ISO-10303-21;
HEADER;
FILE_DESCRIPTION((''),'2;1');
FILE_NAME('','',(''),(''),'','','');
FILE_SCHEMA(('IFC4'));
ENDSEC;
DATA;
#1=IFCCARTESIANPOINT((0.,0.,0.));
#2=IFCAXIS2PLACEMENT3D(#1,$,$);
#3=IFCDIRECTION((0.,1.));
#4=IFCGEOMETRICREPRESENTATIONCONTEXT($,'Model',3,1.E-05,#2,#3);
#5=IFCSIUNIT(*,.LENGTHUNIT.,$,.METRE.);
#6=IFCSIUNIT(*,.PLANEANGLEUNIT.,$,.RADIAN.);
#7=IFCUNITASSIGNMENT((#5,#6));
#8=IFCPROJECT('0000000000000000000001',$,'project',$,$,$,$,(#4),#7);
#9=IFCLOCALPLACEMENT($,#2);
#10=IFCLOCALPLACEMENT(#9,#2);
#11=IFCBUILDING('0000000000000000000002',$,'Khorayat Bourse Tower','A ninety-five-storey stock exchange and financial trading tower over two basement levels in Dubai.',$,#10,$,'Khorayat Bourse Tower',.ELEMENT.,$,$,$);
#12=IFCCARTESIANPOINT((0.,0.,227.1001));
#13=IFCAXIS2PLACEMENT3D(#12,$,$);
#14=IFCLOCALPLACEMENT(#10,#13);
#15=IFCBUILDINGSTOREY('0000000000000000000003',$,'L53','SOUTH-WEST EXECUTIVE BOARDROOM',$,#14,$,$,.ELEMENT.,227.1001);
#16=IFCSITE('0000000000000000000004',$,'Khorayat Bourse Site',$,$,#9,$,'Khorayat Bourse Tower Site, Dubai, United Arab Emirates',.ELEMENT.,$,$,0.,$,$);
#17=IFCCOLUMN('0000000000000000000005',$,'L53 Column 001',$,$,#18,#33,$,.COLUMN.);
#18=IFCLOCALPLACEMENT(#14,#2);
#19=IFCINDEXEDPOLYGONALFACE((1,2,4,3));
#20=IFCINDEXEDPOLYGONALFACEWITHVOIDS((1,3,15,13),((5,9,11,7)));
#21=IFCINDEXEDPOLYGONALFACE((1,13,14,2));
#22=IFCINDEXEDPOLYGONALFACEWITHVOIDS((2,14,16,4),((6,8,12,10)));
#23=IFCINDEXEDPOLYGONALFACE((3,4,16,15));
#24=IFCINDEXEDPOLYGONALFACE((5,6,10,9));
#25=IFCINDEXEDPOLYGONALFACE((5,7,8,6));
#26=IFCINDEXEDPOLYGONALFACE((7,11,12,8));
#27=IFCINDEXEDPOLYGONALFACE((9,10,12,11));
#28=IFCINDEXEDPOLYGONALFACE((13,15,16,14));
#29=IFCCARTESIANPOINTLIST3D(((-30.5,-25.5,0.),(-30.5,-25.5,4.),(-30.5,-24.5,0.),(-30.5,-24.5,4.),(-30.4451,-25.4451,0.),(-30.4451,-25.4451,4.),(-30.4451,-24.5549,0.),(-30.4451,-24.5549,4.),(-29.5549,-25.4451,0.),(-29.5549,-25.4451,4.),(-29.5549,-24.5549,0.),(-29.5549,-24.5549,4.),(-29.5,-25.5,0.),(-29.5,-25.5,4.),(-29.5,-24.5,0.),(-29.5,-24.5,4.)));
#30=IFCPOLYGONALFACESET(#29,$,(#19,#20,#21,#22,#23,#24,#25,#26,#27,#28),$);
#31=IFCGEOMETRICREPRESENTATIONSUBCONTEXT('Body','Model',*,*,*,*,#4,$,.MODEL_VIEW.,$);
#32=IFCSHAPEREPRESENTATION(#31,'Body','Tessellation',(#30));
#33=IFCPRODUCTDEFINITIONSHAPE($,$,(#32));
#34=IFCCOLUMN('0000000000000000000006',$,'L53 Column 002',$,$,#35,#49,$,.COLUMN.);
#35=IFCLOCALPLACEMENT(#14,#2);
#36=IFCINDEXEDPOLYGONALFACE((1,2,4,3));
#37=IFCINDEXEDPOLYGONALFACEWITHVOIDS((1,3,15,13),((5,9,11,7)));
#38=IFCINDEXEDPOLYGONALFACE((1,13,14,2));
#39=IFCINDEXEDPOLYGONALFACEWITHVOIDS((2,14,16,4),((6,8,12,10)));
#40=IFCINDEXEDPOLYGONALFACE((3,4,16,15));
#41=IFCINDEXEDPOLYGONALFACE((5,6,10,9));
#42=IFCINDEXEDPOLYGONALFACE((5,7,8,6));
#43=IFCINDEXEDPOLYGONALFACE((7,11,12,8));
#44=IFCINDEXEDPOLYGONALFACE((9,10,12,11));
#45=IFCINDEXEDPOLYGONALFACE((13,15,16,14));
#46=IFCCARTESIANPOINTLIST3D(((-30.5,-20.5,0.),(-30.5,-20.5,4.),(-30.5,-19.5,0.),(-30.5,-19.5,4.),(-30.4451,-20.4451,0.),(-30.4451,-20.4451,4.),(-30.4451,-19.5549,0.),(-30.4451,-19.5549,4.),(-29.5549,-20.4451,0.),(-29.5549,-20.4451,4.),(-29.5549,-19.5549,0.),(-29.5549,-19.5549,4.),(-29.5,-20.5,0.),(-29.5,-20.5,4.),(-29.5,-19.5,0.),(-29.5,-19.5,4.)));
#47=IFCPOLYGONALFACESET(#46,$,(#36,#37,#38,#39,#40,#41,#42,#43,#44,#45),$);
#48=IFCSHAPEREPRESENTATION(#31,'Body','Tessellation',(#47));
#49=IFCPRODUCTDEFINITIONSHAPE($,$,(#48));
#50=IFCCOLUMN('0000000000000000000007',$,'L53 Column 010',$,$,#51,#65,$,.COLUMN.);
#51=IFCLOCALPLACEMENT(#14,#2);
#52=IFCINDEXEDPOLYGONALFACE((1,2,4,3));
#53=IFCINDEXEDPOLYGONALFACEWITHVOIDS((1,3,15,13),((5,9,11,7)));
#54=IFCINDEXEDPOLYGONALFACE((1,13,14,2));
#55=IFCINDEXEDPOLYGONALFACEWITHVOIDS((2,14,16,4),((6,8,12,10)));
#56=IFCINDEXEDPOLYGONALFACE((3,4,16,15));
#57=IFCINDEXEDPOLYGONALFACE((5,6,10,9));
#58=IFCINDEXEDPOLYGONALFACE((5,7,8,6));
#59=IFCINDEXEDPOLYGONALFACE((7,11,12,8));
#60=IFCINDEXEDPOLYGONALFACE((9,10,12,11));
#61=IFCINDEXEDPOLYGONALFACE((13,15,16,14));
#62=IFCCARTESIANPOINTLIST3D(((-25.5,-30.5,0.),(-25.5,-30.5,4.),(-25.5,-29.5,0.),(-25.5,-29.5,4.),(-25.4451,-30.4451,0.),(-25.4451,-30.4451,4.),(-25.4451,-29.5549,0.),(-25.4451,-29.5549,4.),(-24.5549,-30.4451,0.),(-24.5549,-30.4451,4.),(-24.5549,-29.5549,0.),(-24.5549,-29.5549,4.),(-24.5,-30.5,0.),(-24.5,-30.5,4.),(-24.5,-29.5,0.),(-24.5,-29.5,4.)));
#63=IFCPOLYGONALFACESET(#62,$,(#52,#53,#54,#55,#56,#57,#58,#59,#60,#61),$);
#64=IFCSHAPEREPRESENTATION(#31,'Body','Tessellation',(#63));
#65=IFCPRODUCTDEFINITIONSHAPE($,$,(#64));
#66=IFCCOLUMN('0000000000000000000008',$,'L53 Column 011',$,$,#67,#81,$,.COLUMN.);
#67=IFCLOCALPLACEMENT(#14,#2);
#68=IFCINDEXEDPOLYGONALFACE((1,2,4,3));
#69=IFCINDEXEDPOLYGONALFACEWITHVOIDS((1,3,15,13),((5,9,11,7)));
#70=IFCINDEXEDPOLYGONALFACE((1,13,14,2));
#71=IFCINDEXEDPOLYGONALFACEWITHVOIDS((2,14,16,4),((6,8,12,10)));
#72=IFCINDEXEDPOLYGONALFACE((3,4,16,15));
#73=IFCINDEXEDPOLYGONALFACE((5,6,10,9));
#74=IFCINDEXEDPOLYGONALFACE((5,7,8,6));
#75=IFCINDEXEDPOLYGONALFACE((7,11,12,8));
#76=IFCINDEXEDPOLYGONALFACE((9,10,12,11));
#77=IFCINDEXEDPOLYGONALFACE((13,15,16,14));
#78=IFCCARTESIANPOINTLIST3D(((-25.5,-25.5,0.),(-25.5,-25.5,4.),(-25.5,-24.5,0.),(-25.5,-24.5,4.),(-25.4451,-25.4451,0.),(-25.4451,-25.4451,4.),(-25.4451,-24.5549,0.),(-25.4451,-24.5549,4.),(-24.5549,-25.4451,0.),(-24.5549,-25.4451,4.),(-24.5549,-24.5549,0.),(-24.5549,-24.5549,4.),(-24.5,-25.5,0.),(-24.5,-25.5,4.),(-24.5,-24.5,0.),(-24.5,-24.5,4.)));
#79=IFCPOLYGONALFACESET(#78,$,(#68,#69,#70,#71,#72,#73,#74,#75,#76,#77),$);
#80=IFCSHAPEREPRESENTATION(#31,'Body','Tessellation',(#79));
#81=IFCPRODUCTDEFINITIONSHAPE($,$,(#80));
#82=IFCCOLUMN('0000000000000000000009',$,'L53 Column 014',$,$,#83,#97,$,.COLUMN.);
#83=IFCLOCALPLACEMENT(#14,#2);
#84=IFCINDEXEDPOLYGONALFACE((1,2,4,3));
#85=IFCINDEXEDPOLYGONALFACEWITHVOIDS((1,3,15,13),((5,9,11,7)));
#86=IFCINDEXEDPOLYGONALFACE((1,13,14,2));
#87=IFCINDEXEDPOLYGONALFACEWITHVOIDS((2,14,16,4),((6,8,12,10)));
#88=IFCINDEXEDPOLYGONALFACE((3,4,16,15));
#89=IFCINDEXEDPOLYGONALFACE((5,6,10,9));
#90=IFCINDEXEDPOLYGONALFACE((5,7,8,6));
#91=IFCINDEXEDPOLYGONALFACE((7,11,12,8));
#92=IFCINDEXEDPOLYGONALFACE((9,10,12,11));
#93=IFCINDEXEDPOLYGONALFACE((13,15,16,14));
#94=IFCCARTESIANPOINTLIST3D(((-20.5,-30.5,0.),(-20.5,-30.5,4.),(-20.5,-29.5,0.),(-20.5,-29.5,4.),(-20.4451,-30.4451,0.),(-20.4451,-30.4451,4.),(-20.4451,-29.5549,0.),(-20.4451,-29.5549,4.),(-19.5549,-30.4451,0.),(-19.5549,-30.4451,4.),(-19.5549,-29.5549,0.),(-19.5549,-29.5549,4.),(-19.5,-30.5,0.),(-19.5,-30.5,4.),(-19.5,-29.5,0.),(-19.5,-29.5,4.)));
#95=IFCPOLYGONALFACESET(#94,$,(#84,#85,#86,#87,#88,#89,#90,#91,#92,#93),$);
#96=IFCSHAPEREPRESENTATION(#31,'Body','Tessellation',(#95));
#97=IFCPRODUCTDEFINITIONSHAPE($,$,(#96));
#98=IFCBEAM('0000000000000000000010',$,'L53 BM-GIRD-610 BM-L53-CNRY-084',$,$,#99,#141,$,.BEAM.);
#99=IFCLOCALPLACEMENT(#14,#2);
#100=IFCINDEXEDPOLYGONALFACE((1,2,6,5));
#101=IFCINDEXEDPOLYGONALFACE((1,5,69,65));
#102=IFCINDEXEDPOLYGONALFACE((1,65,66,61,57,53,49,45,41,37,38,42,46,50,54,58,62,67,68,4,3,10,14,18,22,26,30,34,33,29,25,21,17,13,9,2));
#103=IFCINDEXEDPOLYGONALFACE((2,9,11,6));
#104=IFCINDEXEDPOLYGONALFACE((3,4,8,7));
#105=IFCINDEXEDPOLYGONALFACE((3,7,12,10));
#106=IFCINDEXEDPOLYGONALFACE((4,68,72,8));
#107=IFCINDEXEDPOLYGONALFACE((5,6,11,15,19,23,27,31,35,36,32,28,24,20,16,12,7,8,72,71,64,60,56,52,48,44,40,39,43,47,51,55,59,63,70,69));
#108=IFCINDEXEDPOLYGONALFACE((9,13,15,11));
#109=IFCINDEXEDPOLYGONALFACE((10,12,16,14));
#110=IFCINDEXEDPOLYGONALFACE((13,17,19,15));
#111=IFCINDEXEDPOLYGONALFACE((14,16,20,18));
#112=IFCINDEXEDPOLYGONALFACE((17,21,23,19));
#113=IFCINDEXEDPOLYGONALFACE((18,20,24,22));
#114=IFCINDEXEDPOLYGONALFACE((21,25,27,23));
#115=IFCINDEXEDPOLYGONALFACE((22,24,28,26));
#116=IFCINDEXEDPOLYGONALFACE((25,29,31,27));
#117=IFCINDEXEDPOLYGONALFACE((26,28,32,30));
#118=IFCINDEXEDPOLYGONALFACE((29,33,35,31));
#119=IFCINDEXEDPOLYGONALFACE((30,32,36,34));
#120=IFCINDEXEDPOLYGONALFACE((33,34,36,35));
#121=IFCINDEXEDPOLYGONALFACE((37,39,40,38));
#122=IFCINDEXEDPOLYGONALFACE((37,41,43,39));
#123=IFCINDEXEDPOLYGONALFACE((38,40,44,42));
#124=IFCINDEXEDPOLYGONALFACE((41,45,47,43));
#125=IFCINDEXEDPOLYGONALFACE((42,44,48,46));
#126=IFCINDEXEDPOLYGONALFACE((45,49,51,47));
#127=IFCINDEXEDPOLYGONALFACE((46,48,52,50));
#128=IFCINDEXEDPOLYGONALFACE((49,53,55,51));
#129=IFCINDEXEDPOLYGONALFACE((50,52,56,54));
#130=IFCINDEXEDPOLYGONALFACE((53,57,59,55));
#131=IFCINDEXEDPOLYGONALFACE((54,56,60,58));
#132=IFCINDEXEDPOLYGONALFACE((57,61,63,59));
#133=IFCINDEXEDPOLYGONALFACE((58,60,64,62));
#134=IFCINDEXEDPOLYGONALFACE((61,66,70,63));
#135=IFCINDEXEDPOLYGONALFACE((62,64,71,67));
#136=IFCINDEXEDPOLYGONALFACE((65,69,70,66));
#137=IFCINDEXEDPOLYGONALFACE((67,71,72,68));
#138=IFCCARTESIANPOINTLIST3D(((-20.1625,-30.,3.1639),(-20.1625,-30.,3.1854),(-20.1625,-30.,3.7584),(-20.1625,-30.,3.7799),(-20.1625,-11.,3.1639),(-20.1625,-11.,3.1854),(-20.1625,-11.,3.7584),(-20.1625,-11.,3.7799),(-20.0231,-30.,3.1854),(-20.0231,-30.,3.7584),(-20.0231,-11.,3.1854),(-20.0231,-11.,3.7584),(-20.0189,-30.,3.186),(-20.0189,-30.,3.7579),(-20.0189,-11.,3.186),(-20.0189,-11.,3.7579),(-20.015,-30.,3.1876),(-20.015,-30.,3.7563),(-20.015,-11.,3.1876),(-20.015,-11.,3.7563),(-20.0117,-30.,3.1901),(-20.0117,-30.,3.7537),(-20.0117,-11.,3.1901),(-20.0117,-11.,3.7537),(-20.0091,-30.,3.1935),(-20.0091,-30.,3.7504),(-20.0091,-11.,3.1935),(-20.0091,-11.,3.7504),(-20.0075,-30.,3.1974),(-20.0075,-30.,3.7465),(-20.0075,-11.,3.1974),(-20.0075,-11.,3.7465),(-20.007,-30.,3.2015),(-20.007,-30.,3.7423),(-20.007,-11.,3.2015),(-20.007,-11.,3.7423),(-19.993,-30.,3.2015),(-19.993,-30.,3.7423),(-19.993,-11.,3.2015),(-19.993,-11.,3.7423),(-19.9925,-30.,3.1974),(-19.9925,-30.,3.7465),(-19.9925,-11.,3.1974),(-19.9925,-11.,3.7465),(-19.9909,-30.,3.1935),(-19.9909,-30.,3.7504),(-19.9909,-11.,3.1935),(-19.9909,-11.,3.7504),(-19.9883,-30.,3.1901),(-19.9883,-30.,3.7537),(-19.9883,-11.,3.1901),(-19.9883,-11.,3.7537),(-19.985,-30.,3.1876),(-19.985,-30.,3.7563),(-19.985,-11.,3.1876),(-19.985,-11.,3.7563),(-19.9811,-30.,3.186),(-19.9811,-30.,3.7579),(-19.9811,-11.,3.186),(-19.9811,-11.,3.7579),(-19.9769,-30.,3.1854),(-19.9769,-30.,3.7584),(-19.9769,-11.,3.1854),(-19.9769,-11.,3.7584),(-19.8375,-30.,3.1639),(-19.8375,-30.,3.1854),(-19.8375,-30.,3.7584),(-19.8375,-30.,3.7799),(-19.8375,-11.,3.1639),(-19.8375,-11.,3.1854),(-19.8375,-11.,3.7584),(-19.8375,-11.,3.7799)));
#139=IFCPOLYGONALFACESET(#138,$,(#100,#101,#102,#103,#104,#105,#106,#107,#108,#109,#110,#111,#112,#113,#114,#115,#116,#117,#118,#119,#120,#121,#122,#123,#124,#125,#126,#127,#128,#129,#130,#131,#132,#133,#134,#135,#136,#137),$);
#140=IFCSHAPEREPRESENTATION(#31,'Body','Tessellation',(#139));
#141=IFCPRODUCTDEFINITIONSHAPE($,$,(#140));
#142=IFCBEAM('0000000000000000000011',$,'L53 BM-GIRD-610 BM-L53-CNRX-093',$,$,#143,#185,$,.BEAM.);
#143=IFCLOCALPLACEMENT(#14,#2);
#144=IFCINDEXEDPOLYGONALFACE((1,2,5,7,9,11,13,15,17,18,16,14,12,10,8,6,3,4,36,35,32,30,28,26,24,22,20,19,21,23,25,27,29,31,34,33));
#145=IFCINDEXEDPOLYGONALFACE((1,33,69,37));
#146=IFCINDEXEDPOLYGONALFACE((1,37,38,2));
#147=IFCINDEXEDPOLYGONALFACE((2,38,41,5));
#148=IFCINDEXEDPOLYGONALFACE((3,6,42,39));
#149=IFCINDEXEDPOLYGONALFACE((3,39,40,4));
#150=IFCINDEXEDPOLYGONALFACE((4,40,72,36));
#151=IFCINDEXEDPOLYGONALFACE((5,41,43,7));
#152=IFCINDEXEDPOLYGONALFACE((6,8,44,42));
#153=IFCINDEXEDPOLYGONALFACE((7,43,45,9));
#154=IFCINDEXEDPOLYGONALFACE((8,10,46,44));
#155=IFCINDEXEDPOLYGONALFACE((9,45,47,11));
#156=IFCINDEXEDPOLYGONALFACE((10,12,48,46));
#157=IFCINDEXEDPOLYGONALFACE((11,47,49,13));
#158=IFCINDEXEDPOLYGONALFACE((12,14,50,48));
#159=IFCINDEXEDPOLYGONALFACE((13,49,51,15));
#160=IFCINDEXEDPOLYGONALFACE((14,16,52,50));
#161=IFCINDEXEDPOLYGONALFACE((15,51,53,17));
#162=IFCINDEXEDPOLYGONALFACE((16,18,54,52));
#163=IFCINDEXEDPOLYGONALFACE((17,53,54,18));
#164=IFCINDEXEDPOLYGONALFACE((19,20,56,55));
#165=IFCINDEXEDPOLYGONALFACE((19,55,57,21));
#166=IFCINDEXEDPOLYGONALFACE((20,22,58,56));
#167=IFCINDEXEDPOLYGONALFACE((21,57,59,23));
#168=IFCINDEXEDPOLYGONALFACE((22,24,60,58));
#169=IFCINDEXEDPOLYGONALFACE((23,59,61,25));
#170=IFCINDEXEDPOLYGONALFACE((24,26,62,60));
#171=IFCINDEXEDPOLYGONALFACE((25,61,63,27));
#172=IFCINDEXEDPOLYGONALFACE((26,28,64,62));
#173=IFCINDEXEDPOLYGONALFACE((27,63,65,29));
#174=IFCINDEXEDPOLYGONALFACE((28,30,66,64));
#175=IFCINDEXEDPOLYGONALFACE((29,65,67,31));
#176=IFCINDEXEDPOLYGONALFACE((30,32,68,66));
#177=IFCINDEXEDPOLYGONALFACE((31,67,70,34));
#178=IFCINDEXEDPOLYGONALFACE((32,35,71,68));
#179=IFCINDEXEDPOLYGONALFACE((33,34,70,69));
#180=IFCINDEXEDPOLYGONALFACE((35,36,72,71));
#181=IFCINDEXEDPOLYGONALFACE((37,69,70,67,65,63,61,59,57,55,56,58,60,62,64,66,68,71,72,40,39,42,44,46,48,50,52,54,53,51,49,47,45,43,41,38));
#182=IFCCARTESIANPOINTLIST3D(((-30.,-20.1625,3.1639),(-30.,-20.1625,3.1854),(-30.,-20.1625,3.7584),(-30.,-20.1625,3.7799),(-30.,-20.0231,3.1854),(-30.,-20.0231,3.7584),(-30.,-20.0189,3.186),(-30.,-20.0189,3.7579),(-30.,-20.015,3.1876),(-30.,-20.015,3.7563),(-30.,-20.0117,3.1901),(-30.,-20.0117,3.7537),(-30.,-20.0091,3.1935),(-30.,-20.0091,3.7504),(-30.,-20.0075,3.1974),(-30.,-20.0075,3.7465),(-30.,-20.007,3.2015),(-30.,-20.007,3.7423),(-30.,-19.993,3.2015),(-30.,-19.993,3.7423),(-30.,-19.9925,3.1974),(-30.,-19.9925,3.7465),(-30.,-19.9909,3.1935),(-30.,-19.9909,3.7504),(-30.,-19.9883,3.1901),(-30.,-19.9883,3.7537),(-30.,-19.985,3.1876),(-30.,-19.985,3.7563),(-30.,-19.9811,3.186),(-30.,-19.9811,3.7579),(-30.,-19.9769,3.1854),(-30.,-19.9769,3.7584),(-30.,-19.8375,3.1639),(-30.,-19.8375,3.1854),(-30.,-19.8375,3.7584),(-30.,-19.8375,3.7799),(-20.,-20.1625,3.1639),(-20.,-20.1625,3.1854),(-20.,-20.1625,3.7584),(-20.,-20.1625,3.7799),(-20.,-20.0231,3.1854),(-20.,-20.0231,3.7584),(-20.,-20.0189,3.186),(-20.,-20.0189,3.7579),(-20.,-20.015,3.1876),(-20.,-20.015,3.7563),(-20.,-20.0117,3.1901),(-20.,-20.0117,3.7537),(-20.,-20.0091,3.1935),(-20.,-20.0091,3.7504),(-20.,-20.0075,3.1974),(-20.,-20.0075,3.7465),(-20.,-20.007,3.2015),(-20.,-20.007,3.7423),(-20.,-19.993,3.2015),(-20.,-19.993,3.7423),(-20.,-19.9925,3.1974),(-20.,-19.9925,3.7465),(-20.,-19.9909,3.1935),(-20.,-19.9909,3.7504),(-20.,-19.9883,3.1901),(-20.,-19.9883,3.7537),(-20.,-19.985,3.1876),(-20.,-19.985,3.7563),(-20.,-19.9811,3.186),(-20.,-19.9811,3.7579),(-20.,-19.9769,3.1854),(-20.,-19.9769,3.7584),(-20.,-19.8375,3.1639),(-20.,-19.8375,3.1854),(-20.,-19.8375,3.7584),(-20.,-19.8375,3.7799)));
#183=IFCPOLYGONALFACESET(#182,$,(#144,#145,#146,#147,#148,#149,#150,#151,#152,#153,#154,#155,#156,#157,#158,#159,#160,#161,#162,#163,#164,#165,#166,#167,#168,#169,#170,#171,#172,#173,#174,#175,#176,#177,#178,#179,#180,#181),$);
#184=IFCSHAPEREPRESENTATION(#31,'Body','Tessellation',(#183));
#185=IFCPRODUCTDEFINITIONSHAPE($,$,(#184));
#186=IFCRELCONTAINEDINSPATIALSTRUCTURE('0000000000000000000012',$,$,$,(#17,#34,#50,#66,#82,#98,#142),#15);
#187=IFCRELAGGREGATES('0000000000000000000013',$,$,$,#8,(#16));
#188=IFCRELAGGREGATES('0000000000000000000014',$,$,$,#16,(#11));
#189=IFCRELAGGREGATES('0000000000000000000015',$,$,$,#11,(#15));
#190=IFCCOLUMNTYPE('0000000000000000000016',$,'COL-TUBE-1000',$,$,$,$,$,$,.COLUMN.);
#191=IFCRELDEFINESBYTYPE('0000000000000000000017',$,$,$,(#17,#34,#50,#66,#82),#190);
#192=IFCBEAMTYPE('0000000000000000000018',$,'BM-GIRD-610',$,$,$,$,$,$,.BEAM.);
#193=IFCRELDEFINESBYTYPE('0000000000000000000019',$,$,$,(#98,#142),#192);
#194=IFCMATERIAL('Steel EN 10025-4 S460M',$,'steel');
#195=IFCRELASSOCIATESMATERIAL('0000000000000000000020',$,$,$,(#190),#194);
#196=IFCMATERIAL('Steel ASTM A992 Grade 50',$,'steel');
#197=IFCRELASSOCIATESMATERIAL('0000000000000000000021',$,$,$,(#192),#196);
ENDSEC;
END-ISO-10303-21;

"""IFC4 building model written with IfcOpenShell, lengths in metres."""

from ifc_helpers import new_model, si_unit, direction, frame, origin, origin_2d, place, context, subcontext, project, spatial, hollow_rectangle, i_section, extrude, source, transform, mapped, material, material_profile, profile_set, type_object, element, save


model = new_model("IFC4")

# Units and contexts
model_context = context("Model", 3, precision=1e-05, world=origin(), true_north=direction((0.0, 1.0)))
body_context = subcontext(model_context, "Body", "Model", "MODEL_VIEW")
ifc_project = project(units=[si_unit("LENGTHUNIT", "METRE"), si_unit("PLANEANGLEUNIT", "RADIAN")], contexts=[model_context])

# Site, building, storey
site_placement = place(None, origin())
site = spatial("IfcSite", under=ifc_project, at=site_placement, Name="Khorayat Bourse Site", LongName="Khorayat Bourse Tower Site, Dubai, United Arab Emirates", CompositionType="ELEMENT", RefElevation=0.0)
building_placement = place(site_placement, origin())
building = spatial("IfcBuilding", under=site, at=building_placement, Name="Khorayat Bourse Tower", Description="A ninety-five-storey stock exchange and financial trading tower over two basement levels in Dubai.", LongName="Khorayat Bourse Tower", CompositionType="ELEMENT")
storey_placement = place(building_placement, frame((0.0, 0.0, 227.1001)))
storey = spatial("IfcBuildingStorey", under=building, at=storey_placement, Name="L53", Description="SOUTH-WEST EXECUTIVE BOARDROOM", CompositionType="ELEMENT", Elevation=227.1001)

# Columns
ifc_material_1 = material(Name="Steel EN 10025-4 S460M", Category="steel")
ifc_material_profile_1 = material_profile(ifc_material_1, hollow_rectangle(XDim=1.0, YDim=1.0, WallThickness=0.0549, at=origin_2d()), Name="BOX 1000x1000x55")
ifc_profile_set_1 = profile_set([ifc_material_profile_1], Name="Steel EN 10025-4 S460M")
column_type = type_object("IfcColumnType", Name="COL-TUBE-1000", PredefinedType="COLUMN", material=ifc_profile_set_1)
shared_shape_1 = source(origin(), body_context, "Body", "SweptSolid", [
    extrude(hollow_rectangle(XDim=1.0, YDim=1.0, WallThickness=0.0549, at=origin_2d()), origin(), (0.0, 0.0, 1.0), 4.0),
])
for number, where, z_axis, x_axis, name in (
    (1, (-30.0, -25.0, 0.0), (0.0, 0.0, 1.0), (1.0, 0.0, 0.0), "L53 Column 001"),
    (2, (-30.0, -20.0, 0.0), (0.0, 0.0, 1.0), (1.0, 0.0, 0.0), "L53 Column 002"),
    (3, (-25.0, -30.0, 0.0), (0.0, 0.0, 1.0), (1.0, 0.0, 0.0), "L53 Column 010"),
    (4, (-25.0, -25.0, 0.0), (0.0, 0.0, 1.0), (1.0, 0.0, 0.0), "L53 Column 011"),
    (5, (-20.0, -30.0, 0.0), (0.0, 0.0, 1.0), (1.0, 0.0, 0.0), "L53 Column 014"),
):
    element("IfcColumn", number, at=place(storey_placement, frame(where, z_axis=z_axis, x_axis=x_axis)), inside=storey, type_object=column_type, Name=name, PredefinedType="COLUMN", context=body_context, shape_type="MappedRepresentation", body=[
        mapped(shared_shape_1, transform((0.0, 0.0, 0.0), scale=1.0)),
    ])

# Beams
ifc_material_2 = material(Name="Steel ASTM A992 Grade 50", Category="steel")
ifc_material_profile_2 = material_profile(ifc_material_2, i_section(OverallWidth=0.325, OverallDepth=0.616, WebThickness=0.0139, FlangeThickness=0.0215, FilletRadius=0.0161, at=origin_2d()), Name="W610X174")
ifc_profile_set_2 = profile_set([ifc_material_profile_2], Name="Steel ASTM A992 Grade 50")
beam_type_1 = type_object("IfcBeamType", Name="BM-GIRD-610", PredefinedType="BEAM", material=ifc_profile_set_2)
shared_shape_2 = source(origin(), body_context, "Body", "SweptSolid", [
    extrude(i_section(OverallWidth=0.325, OverallDepth=0.616, WebThickness=0.0139, FlangeThickness=0.0215, FilletRadius=0.0161, at=origin_2d()), origin(), (0.0, 0.0, 1.0), 19.0),
])
beam_1_placement = place(storey_placement, frame((-20.0, -30.0, 3.4719), z_axis=(0.0, 1.0, 0.0), x_axis=(-1.0, 0.0, 0.0)))
element("IfcBeam", 6, at=beam_1_placement, inside=storey, type_object=beam_type_1, Name="L53 BM-GIRD-610 BM-L53-CNRY-084", PredefinedType="BEAM", context=body_context, shape_type="MappedRepresentation", body=[
    mapped(shared_shape_2, transform((0.0, 0.0, 0.0), scale=1.0)),
])
shared_shape_3 = source(origin(), body_context, "Body", "SweptSolid", [
    extrude(i_section(OverallWidth=0.325, OverallDepth=0.616, WebThickness=0.0139, FlangeThickness=0.0215, FilletRadius=0.0161, at=origin_2d()), origin(), (0.0, 0.0, 1.0), 10.0),
])
beam_2_placement = place(storey_placement, frame((-30.0, -20.0, 3.4719), z_axis=(1.0, 0.0, 0.0), x_axis=(0.0, 1.0, 0.0)))
element("IfcBeam", 7, at=beam_2_placement, inside=storey, type_object=beam_type_1, Name="L53 BM-GIRD-610 BM-L53-CNRX-093", PredefinedType="BEAM", context=body_context, shape_type="MappedRepresentation", body=[
    mapped(shared_shape_3, transform((0.0, 0.0, 0.0), scale=1.0)),
])

save(model, "model.ifc")
